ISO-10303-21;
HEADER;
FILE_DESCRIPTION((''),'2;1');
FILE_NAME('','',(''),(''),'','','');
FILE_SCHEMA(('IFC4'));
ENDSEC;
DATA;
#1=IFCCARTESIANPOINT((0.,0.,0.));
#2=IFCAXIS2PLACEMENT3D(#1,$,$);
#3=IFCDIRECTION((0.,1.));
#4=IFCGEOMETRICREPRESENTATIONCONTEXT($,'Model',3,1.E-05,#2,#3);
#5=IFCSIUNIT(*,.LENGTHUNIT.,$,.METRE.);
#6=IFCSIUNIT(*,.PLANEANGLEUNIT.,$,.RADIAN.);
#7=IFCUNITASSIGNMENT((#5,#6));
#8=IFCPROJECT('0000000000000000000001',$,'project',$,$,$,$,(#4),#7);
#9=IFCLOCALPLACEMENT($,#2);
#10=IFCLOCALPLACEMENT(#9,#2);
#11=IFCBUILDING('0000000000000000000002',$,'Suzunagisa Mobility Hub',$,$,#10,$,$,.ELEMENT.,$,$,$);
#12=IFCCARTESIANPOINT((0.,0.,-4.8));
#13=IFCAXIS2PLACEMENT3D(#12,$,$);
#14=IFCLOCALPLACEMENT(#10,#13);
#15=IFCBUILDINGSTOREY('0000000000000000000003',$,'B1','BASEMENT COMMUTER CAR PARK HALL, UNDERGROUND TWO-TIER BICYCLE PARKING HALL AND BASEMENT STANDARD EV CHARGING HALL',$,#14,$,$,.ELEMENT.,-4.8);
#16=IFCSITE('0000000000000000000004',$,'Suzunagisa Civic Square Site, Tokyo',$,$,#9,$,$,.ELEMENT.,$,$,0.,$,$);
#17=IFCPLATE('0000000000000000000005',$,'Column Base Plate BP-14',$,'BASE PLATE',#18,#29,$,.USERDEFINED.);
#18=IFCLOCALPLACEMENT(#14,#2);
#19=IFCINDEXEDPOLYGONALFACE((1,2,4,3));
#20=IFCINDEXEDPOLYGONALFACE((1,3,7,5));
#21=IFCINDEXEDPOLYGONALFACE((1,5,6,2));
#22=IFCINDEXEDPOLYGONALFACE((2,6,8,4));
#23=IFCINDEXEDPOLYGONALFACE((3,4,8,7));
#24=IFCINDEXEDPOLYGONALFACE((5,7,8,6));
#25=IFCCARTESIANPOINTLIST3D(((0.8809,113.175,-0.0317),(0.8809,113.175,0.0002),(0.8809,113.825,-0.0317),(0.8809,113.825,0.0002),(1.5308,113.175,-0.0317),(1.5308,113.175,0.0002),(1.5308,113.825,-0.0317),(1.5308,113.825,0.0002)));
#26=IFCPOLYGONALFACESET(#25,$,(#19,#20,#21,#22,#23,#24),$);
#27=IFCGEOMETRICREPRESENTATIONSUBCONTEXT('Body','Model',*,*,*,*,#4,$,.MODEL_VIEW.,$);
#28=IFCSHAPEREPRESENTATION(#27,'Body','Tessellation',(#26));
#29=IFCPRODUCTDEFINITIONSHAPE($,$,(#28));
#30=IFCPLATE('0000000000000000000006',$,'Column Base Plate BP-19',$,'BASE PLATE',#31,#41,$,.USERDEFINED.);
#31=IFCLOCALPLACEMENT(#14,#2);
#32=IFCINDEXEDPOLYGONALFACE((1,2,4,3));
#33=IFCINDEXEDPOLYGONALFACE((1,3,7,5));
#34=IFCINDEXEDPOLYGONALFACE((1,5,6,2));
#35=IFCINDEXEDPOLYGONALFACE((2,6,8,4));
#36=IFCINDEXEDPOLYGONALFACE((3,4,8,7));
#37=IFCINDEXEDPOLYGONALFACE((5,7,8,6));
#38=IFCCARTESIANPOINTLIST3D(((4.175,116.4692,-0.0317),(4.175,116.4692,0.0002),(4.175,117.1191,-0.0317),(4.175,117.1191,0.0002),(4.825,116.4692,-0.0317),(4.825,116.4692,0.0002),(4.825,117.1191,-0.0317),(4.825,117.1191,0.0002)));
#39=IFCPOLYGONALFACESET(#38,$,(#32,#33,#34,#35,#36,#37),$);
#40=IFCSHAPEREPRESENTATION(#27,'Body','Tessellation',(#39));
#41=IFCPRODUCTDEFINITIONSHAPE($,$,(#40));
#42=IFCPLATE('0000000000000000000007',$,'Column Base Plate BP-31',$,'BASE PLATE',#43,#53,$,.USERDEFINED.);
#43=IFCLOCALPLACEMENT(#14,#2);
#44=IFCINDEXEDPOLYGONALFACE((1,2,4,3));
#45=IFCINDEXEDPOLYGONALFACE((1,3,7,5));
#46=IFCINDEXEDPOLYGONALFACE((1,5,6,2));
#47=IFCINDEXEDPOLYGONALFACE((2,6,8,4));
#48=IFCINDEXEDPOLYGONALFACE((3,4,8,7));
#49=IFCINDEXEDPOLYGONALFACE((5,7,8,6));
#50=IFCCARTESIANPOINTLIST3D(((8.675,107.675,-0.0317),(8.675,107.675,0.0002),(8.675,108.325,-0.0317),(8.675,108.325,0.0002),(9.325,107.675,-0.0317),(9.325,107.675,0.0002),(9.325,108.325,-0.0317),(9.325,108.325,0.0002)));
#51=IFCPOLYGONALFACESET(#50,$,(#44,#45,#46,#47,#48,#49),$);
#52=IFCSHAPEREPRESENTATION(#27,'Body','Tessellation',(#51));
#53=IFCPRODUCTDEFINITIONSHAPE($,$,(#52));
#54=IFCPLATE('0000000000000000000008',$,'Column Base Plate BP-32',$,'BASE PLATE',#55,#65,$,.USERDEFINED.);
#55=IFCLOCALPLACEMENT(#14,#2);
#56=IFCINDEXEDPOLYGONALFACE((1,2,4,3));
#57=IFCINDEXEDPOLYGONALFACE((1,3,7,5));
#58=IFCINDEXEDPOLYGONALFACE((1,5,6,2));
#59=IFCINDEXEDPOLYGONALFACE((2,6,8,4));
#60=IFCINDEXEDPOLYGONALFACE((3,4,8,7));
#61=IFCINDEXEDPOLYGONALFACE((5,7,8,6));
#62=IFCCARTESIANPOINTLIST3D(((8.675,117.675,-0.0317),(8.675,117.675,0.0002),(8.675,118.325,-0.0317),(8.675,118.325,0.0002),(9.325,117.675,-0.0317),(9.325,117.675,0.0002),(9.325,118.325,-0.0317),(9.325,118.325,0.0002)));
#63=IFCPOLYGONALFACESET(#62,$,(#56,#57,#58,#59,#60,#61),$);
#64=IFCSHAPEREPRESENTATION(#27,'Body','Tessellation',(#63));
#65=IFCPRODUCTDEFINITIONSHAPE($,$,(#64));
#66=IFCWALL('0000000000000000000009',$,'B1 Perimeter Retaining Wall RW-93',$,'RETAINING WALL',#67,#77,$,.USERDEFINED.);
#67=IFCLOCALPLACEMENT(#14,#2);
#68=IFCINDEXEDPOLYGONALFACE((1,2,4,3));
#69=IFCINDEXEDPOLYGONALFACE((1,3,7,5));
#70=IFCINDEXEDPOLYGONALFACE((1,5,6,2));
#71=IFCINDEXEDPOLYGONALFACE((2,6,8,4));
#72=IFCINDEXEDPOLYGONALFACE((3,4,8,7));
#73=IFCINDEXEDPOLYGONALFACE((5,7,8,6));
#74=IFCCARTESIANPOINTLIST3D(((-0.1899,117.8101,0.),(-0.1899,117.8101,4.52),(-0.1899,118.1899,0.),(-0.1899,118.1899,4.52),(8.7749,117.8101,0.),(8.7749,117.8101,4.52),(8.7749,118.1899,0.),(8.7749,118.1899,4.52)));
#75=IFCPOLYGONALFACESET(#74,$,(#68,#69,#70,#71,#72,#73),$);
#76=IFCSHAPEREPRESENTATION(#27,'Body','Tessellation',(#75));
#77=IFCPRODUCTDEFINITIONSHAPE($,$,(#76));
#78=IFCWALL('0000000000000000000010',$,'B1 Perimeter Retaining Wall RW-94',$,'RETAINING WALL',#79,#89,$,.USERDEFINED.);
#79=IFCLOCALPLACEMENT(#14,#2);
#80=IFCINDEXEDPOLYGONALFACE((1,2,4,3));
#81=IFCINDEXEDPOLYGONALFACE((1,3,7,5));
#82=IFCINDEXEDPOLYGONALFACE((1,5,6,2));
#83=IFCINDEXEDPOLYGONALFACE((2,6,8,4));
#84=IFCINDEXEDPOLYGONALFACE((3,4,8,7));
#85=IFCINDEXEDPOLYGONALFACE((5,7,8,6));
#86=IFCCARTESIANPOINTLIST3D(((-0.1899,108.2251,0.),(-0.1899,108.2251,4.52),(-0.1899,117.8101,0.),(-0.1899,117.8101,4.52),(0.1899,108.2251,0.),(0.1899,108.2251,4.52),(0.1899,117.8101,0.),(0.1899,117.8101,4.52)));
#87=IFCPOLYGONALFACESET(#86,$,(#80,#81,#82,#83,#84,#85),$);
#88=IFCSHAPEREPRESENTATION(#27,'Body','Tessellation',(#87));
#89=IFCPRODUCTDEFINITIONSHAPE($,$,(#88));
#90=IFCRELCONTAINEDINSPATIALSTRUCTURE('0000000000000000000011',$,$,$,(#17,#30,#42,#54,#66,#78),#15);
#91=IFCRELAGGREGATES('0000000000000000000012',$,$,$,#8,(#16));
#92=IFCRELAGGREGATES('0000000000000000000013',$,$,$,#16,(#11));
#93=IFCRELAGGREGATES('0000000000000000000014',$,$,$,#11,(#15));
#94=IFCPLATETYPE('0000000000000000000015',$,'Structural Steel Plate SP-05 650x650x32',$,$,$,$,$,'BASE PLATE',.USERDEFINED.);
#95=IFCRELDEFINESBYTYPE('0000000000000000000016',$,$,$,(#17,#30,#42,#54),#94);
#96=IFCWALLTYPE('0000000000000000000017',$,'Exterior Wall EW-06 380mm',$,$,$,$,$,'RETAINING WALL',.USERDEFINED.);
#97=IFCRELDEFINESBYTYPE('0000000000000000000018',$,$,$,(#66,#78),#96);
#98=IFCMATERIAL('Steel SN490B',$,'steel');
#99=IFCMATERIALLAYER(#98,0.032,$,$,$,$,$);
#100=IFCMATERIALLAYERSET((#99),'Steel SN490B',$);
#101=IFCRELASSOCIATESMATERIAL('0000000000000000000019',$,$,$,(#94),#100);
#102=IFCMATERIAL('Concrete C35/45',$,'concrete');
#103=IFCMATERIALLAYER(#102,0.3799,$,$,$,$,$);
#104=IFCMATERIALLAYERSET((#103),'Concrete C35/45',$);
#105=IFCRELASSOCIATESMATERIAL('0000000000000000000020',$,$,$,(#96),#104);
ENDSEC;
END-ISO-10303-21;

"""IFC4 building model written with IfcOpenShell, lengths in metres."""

from ifc_helpers import new_model, si_unit, direction, frame, frame_2d, origin, origin_2d, place, context, subcontext, project, spatial, rectangle, extrude, material, layer, layer_set, type_object, element, save


model = new_model("IFC4")

# Units and contexts
model_context = context("Model", 3, precision=1e-05, world=origin(), true_north=direction((0.0, 1.0)))
body_context = subcontext(model_context, "Body", "Model", "MODEL_VIEW")
ifc_project = project(units=[si_unit("LENGTHUNIT", "METRE"), si_unit("PLANEANGLEUNIT", "RADIAN")], contexts=[model_context])

# Site, building, storey
site_placement = place(None, origin())
site = spatial("IfcSite", under=ifc_project, at=site_placement, Name="Suzunagisa Civic Square Site, Tokyo", CompositionType="ELEMENT", RefElevation=0.0)
building_placement = place(site_placement, origin())
building = spatial("IfcBuilding", under=site, at=building_placement, Name="Suzunagisa Mobility Hub", CompositionType="ELEMENT")
storey_placement = place(building_placement, frame((0.0, 0.0, -4.8)))
storey = spatial("IfcBuildingStorey", under=building, at=storey_placement, Name="B1", Description="BASEMENT COMMUTER CAR PARK HALL, UNDERGROUND TWO-TIER BICYCLE PARKING HALL AND BASEMENT STANDARD EV CHARGING HALL", CompositionType="ELEMENT", Elevation=-4.8)

# Shared definitions
ifc_material_1 = material(Name="Steel SN490B", Category="steel")

# Plates
ifc_layer_1 = layer(ifc_material_1, 0.032)
ifc_layer_set_1 = layer_set([ifc_layer_1], Name="Steel SN490B")
plate_type = type_object("IfcPlateType", Name="Structural Steel Plate SP-05 650x650x32", ElementType="BASE PLATE", PredefinedType="USERDEFINED", material=ifc_layer_set_1)
for number, where, z_axis, x_axis, name in (
    (1, (1.2058, 113.5, -0.0317), (0.0, 0.0, 1.0), (1.0, 0.0, 0.0), "Column Base Plate BP-14"),
    (2, (4.5, 116.7942, -0.0317), (0.0, 0.0, 1.0), (1.0, 0.0, 0.0), "Column Base Plate BP-19"),
    (3, (9.0, 108.0, -0.0317), (0.0, 0.0, 1.0), (1.0, 0.0, 0.0), "Column Base Plate BP-31"),
    (4, (9.0, 118.0, -0.0317), (0.0, 0.0, 1.0), (1.0, 0.0, 0.0), "Column Base Plate BP-32"),
):
    element("IfcPlate", number, at=place(storey_placement, frame(where, z_axis=z_axis, x_axis=x_axis)), inside=storey, type_object=plate_type, Name=name, ObjectType="BASE PLATE", PredefinedType="USERDEFINED", context=body_context, shape_type="SweptSolid", body=[
        extrude(rectangle(XDim=0.6499, YDim=0.6499, at=origin_2d()), origin(), (0.0, 0.0, 1.0), 0.032),
    ])

# Walls
ifc_material_2 = material(Name="Concrete C35/45", Category="concrete")
ifc_layer_2 = layer(ifc_material_2, 0.3799)
ifc_layer_set_2 = layer_set([ifc_layer_2], Name="Concrete C35/45")
wall_type = type_object("IfcWallType", Name="Exterior Wall EW-06 380mm", ElementType="RETAINING WALL", PredefinedType="USERDEFINED", material=ifc_layer_set_2)
wall_1_placement = place(storey_placement, frame((8.7749, 118.0, 0.0), z_axis=(0.0, 0.0, 1.0), x_axis=(-1.0, 0.0, 0.0)))
element("IfcWall", 5, at=wall_1_placement, inside=storey, type_object=wall_type, Name="B1 Perimeter Retaining Wall RW-93", ObjectType="RETAINING WALL", PredefinedType="USERDEFINED", context=body_context, shape_type="SweptSolid", body=[
    extrude(rectangle(XDim=8.9648, YDim=0.3799, at=frame_2d((4.4824, 0.0))), origin(), (0.0, 0.0, 1.0), 4.52),
])
wall_2_placement = place(storey_placement, frame((0.0, 117.8101, 0.0), z_axis=(0.0, 0.0, 1.0), x_axis=(0.0, -1.0, 0.0)))
element("IfcWall", 6, at=wall_2_placement, inside=storey, type_object=wall_type, Name="B1 Perimeter Retaining Wall RW-94", ObjectType="RETAINING WALL", PredefinedType="USERDEFINED", context=body_context, shape_type="SweptSolid", body=[
    extrude(rectangle(XDim=9.585, YDim=0.3799, at=frame_2d((4.7925, 0.0))), origin(), (0.0, 0.0, 1.0), 4.52),
])

save(model, "model.ifc")
